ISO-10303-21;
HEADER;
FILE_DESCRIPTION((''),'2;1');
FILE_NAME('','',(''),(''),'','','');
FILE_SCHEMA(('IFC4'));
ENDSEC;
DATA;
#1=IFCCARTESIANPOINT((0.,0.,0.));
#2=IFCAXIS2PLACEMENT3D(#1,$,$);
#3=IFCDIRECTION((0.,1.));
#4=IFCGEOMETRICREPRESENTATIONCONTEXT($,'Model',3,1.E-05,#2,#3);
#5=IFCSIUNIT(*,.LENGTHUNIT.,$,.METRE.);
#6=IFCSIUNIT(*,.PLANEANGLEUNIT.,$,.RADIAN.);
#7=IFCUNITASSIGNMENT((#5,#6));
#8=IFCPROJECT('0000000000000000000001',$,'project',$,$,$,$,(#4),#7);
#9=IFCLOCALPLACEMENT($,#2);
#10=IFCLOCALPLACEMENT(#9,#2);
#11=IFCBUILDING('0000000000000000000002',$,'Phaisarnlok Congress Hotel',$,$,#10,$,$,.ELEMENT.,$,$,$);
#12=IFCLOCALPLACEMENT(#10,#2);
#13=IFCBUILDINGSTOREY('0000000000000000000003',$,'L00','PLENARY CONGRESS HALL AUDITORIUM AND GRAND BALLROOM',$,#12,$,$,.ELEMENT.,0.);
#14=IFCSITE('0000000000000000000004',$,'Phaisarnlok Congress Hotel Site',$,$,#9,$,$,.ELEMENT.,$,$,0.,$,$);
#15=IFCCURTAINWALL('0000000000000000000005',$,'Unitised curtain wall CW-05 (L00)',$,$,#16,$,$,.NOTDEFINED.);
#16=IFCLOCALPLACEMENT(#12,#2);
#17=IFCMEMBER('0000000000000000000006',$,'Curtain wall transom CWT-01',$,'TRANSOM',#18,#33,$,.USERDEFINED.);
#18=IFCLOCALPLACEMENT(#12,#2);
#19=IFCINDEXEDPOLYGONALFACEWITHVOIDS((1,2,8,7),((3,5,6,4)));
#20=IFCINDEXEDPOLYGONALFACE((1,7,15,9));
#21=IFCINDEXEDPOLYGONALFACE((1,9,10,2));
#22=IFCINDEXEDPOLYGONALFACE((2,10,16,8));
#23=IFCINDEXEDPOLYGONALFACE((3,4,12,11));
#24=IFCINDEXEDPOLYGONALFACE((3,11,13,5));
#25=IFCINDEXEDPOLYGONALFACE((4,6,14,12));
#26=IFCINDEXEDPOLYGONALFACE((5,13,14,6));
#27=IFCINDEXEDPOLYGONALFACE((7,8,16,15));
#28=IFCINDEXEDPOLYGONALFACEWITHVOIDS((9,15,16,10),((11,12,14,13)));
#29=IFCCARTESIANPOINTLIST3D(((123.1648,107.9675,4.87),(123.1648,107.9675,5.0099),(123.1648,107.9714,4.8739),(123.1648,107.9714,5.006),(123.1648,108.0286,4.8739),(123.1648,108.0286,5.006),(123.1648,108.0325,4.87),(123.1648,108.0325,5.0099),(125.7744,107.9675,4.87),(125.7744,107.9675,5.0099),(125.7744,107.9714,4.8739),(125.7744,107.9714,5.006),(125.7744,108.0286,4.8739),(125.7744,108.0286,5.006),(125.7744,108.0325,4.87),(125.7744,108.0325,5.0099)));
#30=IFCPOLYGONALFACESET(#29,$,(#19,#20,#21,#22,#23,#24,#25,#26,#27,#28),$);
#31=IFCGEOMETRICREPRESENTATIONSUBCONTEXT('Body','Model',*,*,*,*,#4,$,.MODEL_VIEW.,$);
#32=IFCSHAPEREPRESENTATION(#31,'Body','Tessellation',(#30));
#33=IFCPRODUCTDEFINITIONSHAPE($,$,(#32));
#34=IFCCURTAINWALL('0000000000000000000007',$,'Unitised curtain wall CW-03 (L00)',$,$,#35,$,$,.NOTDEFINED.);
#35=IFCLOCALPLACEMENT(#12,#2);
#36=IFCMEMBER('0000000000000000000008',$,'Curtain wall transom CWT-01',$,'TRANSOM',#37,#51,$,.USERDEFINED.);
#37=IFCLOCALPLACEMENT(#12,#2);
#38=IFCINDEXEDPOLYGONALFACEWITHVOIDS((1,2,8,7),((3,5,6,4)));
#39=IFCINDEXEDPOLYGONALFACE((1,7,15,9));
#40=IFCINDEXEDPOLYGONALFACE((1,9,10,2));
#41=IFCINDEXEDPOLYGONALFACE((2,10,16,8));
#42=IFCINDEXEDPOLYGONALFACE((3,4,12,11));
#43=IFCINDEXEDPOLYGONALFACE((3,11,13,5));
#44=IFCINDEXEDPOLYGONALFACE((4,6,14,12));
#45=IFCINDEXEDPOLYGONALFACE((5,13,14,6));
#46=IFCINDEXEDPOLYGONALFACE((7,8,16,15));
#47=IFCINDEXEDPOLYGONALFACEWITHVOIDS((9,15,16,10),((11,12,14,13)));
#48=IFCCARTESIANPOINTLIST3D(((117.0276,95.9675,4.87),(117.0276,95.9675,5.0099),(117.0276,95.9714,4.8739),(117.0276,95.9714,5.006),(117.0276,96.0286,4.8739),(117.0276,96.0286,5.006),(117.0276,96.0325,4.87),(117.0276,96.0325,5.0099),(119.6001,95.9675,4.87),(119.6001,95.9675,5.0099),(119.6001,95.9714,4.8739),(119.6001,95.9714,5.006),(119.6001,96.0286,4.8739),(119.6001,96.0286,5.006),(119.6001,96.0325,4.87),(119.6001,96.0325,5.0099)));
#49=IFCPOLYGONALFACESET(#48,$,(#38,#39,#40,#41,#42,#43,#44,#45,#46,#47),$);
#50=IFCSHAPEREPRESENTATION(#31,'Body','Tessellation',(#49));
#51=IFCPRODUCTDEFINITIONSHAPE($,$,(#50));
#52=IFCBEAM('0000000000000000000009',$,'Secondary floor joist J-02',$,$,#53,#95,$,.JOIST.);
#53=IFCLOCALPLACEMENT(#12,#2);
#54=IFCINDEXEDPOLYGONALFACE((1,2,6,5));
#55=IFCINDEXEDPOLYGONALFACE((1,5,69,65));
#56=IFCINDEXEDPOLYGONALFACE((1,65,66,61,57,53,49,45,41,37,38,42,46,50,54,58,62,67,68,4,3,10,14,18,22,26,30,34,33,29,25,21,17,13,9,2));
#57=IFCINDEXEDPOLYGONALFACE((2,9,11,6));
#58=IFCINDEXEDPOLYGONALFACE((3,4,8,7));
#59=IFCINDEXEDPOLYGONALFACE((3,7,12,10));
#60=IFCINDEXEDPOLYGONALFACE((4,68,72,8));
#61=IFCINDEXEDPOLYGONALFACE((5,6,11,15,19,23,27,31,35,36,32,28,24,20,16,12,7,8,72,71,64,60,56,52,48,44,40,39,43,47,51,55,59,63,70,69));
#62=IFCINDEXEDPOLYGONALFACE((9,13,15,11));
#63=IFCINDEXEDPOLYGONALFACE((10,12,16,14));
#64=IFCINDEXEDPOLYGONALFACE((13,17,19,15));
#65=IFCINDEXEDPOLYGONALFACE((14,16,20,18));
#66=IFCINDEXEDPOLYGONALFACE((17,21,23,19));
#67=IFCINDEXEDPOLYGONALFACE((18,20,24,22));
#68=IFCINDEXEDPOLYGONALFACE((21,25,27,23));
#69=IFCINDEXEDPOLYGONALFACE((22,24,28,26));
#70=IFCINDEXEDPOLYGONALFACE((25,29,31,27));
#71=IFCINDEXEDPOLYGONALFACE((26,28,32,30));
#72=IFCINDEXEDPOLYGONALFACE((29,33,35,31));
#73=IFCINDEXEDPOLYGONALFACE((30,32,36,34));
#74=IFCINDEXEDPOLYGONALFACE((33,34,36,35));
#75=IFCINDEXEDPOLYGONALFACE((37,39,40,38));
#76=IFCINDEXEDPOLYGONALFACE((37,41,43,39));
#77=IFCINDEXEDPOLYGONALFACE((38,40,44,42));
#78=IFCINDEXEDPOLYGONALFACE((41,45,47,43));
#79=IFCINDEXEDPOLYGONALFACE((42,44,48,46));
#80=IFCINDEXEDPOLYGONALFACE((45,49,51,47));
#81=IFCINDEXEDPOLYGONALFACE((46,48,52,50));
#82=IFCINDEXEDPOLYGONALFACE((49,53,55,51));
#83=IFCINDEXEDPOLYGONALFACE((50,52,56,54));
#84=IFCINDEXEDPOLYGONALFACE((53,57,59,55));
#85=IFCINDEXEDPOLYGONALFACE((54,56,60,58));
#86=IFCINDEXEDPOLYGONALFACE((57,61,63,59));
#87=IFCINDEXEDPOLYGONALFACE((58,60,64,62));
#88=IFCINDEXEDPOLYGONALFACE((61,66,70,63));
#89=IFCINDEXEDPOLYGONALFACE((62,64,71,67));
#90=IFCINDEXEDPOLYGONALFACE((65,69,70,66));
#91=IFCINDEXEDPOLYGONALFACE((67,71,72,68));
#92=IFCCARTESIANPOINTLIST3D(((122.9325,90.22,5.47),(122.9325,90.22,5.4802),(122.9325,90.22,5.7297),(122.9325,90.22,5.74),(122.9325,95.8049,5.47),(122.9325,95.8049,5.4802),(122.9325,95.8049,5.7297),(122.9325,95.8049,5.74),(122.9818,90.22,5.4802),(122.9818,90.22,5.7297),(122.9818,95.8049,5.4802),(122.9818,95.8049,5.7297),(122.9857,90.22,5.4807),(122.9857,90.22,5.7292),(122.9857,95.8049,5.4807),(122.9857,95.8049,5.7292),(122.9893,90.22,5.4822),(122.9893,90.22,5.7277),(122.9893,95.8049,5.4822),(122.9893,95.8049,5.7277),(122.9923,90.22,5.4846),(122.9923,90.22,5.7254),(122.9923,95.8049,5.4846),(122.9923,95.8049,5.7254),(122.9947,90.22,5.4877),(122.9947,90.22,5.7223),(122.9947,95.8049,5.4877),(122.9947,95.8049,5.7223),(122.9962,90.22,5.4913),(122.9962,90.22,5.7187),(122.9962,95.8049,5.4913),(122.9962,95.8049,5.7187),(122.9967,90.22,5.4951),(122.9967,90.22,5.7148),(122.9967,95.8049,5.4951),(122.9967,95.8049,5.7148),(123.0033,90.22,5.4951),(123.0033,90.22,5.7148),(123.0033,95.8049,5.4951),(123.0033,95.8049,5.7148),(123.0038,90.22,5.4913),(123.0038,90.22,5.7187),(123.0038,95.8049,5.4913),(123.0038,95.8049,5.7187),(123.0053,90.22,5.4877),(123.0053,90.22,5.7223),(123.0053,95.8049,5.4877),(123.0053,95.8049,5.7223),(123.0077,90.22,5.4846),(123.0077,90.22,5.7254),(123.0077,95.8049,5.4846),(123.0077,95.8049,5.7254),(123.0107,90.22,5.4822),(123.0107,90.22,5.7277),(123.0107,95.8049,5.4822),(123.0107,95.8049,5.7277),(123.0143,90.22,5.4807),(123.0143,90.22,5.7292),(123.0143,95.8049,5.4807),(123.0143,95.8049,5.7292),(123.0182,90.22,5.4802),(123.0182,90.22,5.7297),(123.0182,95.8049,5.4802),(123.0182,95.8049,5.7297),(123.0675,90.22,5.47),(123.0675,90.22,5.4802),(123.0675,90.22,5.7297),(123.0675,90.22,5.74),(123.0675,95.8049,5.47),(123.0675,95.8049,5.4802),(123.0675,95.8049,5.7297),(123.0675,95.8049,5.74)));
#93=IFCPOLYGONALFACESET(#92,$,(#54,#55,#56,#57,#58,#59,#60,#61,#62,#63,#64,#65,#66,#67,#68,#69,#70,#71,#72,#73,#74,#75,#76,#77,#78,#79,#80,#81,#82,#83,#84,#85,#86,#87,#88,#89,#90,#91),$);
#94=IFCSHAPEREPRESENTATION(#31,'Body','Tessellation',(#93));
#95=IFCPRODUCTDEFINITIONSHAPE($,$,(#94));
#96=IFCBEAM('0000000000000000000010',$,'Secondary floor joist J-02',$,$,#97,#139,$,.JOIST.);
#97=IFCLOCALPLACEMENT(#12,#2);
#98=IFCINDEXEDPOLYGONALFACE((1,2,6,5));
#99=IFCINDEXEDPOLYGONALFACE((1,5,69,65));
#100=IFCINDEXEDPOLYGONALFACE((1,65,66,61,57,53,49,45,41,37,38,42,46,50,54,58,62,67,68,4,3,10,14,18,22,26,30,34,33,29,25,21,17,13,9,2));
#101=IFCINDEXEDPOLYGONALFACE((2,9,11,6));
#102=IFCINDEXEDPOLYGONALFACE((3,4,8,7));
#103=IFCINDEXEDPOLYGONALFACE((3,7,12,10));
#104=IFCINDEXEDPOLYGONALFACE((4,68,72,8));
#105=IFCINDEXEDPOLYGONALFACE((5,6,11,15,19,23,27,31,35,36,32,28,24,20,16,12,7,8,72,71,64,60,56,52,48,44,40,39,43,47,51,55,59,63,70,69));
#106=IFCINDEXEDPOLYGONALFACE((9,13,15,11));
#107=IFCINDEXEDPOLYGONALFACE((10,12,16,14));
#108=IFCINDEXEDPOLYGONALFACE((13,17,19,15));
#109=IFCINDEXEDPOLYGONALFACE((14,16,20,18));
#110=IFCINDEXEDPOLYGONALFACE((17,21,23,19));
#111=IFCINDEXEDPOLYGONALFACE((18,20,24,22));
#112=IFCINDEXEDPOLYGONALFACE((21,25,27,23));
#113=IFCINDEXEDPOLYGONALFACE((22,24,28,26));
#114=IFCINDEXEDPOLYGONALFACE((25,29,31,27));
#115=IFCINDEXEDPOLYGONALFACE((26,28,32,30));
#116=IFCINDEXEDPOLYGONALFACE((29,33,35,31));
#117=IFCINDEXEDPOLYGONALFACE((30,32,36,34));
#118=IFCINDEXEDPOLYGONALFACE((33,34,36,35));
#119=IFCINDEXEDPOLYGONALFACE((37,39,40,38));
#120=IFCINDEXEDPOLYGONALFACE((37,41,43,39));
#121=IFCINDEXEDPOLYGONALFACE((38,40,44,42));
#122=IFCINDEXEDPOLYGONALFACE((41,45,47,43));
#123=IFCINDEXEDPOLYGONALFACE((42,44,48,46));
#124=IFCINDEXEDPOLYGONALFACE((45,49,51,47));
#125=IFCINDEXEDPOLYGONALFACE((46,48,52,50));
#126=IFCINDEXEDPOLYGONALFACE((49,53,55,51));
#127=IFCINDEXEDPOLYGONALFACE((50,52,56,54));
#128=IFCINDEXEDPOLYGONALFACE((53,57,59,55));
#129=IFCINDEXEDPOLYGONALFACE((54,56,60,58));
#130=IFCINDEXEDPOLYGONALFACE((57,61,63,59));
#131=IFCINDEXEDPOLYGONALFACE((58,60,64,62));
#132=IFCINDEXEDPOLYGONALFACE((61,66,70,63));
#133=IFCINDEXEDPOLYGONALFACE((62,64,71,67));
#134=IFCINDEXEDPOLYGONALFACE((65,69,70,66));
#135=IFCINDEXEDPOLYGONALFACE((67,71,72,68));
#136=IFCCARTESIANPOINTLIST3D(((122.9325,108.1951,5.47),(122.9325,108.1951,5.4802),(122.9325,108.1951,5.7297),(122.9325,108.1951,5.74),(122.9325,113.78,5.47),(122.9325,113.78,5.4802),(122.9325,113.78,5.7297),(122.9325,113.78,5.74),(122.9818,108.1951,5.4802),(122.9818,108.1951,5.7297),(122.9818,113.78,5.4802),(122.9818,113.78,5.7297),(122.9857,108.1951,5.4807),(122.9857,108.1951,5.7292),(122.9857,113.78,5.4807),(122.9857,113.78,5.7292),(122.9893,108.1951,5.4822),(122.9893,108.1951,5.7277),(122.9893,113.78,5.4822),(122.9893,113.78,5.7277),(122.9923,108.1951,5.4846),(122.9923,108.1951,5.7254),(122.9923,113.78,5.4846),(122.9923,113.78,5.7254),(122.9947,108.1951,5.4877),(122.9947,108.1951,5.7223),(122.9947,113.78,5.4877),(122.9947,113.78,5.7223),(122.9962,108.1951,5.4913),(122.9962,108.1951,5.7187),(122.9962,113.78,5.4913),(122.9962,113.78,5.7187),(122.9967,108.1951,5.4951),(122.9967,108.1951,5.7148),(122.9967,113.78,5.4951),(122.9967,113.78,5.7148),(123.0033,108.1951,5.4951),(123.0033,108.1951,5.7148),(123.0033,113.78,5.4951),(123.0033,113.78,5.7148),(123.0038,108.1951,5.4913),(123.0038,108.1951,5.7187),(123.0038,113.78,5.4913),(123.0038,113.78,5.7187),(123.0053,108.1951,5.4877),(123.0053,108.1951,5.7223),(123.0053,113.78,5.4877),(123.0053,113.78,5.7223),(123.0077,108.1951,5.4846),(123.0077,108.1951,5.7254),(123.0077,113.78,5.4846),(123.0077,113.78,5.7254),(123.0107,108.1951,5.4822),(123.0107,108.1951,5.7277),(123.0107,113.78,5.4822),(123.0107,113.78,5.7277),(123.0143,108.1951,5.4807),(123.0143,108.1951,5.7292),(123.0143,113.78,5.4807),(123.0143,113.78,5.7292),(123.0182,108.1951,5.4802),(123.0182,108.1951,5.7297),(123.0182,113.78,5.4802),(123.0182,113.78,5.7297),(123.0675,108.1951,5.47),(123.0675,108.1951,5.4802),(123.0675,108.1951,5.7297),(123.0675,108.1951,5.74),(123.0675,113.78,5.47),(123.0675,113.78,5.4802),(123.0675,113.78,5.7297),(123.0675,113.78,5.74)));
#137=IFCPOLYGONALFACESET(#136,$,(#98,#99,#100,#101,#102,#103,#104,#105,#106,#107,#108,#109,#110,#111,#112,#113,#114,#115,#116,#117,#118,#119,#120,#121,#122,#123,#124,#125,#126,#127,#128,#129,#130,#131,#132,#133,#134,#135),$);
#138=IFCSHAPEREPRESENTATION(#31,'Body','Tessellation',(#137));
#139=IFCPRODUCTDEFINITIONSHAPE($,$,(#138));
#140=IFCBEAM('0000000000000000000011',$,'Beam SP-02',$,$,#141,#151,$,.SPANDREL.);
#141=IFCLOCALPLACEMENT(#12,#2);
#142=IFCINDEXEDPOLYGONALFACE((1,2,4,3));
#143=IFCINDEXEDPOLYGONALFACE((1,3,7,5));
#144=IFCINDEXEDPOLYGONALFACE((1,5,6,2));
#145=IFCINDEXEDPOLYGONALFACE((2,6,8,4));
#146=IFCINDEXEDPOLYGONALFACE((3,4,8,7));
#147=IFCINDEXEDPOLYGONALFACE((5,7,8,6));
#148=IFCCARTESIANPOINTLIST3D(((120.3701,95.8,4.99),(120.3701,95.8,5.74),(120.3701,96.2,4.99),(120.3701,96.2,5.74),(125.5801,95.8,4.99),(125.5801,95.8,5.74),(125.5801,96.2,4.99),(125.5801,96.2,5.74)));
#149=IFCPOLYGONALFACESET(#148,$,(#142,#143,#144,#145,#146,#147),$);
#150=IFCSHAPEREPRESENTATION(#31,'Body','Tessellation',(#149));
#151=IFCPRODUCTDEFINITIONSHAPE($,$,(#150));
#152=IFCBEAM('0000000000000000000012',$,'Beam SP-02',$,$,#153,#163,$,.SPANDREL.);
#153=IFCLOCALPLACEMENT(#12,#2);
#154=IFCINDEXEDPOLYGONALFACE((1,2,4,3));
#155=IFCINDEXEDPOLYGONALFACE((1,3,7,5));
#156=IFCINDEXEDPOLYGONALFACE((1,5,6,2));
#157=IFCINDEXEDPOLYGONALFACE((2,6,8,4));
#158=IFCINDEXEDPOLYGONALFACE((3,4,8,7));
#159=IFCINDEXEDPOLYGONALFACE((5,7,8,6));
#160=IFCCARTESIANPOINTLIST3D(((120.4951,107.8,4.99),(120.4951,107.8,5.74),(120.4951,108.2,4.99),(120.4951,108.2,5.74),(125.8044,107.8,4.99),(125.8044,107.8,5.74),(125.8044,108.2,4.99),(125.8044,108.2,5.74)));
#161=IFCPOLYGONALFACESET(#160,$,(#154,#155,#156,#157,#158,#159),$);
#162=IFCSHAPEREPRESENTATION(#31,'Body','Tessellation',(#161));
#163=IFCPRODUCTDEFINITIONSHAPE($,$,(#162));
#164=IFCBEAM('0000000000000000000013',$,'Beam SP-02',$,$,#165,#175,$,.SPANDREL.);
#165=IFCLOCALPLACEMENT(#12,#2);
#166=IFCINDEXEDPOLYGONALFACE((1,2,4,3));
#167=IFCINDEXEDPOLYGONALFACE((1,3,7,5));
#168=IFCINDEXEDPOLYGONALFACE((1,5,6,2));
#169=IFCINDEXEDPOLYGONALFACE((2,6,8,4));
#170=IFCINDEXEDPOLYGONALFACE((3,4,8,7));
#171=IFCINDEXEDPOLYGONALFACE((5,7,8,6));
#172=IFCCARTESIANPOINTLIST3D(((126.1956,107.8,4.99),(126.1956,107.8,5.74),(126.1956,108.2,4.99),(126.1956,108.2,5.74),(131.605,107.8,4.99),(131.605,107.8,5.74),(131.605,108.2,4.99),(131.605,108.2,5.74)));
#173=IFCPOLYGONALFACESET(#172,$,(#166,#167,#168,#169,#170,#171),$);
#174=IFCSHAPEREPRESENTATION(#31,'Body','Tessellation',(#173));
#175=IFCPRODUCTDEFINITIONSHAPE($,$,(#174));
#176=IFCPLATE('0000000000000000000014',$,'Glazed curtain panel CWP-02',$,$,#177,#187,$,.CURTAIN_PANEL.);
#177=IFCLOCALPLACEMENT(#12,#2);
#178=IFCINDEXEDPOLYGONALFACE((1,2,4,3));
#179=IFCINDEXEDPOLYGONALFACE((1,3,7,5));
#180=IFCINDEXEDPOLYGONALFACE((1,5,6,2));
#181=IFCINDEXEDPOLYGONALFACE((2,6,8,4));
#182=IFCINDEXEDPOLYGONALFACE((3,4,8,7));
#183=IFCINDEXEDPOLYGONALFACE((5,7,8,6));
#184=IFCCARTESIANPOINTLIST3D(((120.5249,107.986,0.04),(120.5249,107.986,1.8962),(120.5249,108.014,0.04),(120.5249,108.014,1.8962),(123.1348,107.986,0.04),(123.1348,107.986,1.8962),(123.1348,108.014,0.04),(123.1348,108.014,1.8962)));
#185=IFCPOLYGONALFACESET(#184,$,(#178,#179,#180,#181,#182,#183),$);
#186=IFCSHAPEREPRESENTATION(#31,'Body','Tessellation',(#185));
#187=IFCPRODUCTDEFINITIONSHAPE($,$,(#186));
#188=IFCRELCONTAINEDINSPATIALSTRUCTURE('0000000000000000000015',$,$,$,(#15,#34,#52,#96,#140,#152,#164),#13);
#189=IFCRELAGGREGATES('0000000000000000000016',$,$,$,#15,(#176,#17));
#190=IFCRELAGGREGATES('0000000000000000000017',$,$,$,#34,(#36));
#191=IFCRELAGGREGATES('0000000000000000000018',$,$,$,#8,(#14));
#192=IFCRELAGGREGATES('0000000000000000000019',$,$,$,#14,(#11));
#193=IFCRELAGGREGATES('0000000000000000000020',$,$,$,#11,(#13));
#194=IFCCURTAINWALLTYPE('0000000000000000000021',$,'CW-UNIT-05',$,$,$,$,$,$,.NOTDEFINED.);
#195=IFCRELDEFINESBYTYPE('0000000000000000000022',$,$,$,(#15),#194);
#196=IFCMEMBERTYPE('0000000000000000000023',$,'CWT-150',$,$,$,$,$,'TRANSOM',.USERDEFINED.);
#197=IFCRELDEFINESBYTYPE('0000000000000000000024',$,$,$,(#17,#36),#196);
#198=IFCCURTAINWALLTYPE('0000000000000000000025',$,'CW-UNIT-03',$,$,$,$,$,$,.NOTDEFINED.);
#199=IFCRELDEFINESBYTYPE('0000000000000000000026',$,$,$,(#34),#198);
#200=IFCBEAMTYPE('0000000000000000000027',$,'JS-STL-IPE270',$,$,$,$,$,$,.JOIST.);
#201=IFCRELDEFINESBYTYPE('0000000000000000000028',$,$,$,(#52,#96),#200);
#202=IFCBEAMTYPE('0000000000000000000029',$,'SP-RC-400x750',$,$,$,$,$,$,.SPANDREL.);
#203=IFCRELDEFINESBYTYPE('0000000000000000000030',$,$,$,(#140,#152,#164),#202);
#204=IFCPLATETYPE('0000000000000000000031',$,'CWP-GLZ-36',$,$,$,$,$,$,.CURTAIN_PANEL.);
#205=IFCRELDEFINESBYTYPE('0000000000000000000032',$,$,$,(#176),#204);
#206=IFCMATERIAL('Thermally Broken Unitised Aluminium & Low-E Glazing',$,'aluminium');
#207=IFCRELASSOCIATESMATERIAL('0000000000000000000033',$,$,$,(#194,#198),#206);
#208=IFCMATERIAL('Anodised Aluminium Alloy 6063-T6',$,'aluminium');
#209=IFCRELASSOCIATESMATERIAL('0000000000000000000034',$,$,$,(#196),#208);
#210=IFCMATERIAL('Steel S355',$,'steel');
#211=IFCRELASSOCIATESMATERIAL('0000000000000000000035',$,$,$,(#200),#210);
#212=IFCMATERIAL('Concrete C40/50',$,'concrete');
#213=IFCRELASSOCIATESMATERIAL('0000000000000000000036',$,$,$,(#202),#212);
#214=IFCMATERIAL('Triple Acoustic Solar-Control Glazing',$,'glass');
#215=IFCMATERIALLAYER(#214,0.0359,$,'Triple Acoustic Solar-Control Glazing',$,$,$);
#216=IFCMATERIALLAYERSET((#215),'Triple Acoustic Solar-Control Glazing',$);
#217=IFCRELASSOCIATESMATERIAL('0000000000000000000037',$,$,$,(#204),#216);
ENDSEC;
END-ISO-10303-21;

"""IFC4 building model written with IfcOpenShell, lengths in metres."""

from ifc_helpers import new_model, si_unit, direction, frame, frame_2d, origin, origin_2d, place, context, subcontext, project, spatial, rectangle, hollow_rectangle, i_section, extrude, material, layer, layer_set, material_profile, profile_set, type_object, element, aggregate, save


model = new_model("IFC4")

# Units and contexts
model_context = context("Model", 3, precision=1e-05, world=origin(), true_north=direction((0.0, 1.0)))
body_context = subcontext(model_context, "Body", "Model", "MODEL_VIEW")
ifc_project = project(units=[si_unit("LENGTHUNIT", "METRE"), si_unit("PLANEANGLEUNIT", "RADIAN")], contexts=[model_context])

# Site, building, storey
site_placement = place(None, origin())
site = spatial("IfcSite", under=ifc_project, at=site_placement, Name="Phaisarnlok Congress Hotel Site", CompositionType="ELEMENT", RefElevation=0.0)
building_placement = place(site_placement, origin())
building = spatial("IfcBuilding", under=site, at=building_placement, Name="Phaisarnlok Congress Hotel", CompositionType="ELEMENT")
storey_placement = place(building_placement, origin())
storey = spatial("IfcBuildingStorey", under=building, at=storey_placement, Name="L00", Description="PLENARY CONGRESS HALL AUDITORIUM AND GRAND BALLROOM", CompositionType="ELEMENT", Elevation=0.0)

# Shared definitions
ifc_material_1 = material(Name="Steel S355", Category="steel")

# Shared definitions
ifc_material_2 = material(Name="Concrete C40/50", Category="concrete")

# Curtain wall, member
ifc_material_3 = material(Name="Thermally Broken Unitised Aluminium & Low-E Glazing", Category="aluminium")
curtain_wall_type_1 = type_object("IfcCurtainWallType", Name="CW-UNIT-05", PredefinedType="NOTDEFINED", material=ifc_material_3)
curtain_wall_1_placement = place(storey_placement, origin())
curtain_wall_1 = element("IfcCurtainWall", 1, at=curtain_wall_1_placement, inside=storey, type_object=curtain_wall_type_1, Name="Unitised curtain wall CW-05 (L00)", PredefinedType="NOTDEFINED")
ifc_material_4 = material(Name="Anodised Aluminium Alloy 6063-T6", Category="aluminium")
ifc_material_profile_1 = material_profile(ifc_material_4, hollow_rectangle(XDim=0.0649, YDim=0.1399, WallThickness=0.0039, at=origin_2d()), Name="ALU-T 65x140x4")
ifc_profile_set_1 = profile_set([ifc_material_profile_1], Name="Anodised Aluminium Alloy 6063-T6")
member_type_1 = type_object("IfcMemberType", Name="CWT-150", ElementType="TRANSOM", PredefinedType="USERDEFINED", material=ifc_profile_set_1)
member_1_placement = place(storey_placement, frame((123.1648, 108.0, 4.9399), z_axis=(1.0, 0.0, 0.0), x_axis=(0.0, 1.0, 0.0)))
member_1 = element("IfcMember", 2, at=member_1_placement, type_object=member_type_1, Name="Curtain wall transom CWT-01", ObjectType="TRANSOM", PredefinedType="USERDEFINED", context=body_context, shape_type="SweptSolid", body=[
    extrude(hollow_rectangle(XDim=0.0649, YDim=0.1399, WallThickness=0.0039, at=origin_2d()), origin(), (0.0, 0.0, 1.0), 2.6096),
])

# Curtain wall, member
curtain_wall_type_2 = type_object("IfcCurtainWallType", Name="CW-UNIT-03", PredefinedType="NOTDEFINED", material=ifc_material_3)
curtain_wall_2_placement = place(storey_placement, origin())
curtain_wall_2 = element("IfcCurtainWall", 3, at=curtain_wall_2_placement, inside=storey, type_object=curtain_wall_type_2, Name="Unitised curtain wall CW-03 (L00)", PredefinedType="NOTDEFINED")
member_2_placement = place(storey_placement, frame((119.6001, 96.0, 4.9399), z_axis=(-1.0, 0.0, 0.0), x_axis=(0.0, -1.0, 0.0)))
member_2 = element("IfcMember", 4, at=member_2_placement, type_object=member_type_1, Name="Curtain wall transom CWT-01", ObjectType="TRANSOM", PredefinedType="USERDEFINED", context=body_context, shape_type="SweptSolid", body=[
    extrude(hollow_rectangle(XDim=0.0649, YDim=0.1399, WallThickness=0.0039, at=origin_2d()), origin(), (0.0, 0.0, 1.0), 2.5725),
])

# Beams
ifc_material_profile_2 = material_profile(ifc_material_1, i_section(OverallWidth=0.135, OverallDepth=0.27, WebThickness=0.0066, FlangeThickness=0.0103, FilletRadius=0.0149, at=origin_2d()), Name="IPE 270")
ifc_profile_set_2 = profile_set([ifc_material_profile_2], Name="Steel S355")
beam_type_1 = type_object("IfcBeamType", Name="JS-STL-IPE270", PredefinedType="JOIST", material=ifc_profile_set_2)
for number, where, z_axis, x_axis, name in (
    (5, (123.0, 90.22, 5.605), (0.0, 1.0, 0.0), (-1.0, 0.0, 0.0), "Secondary floor joist J-02"),
    (6, (123.0, 108.1951, 5.605), (0.0, 1.0, 0.0), (-1.0, 0.0, 0.0), "Secondary floor joist J-02"),
):
    element("IfcBeam", number, at=place(storey_placement, frame(where, z_axis=z_axis, x_axis=x_axis)), inside=storey, type_object=beam_type_1, Name=name, PredefinedType="JOIST", context=body_context, shape_type="SweptSolid", body=[
        extrude(i_section(OverallWidth=0.135, OverallDepth=0.27, WebThickness=0.0066, FlangeThickness=0.0103, FilletRadius=0.0149, at=origin_2d()), origin(), (0.0, 0.0, 1.0), 5.585),
    ])
ifc_material_profile_3 = material_profile(ifc_material_2, rectangle(XDim=0.3999, YDim=0.75, at=origin_2d()), Name="RC 400x750")
ifc_profile_set_3 = profile_set([ifc_material_profile_3], Name="Concrete C40/50")
beam_type_2 = type_object("IfcBeamType", Name="SP-RC-400x750", PredefinedType="SPANDREL", material=ifc_profile_set_3)
beam_1_placement = place(storey_placement, frame((120.3701, 96.0, 5.365), z_axis=(1.0, 0.0, 0.0), x_axis=(0.0, 1.0, 0.0)))
element("IfcBeam", 7, at=beam_1_placement, inside=storey, type_object=beam_type_2, Name="Beam SP-02", PredefinedType="SPANDREL", context=body_context, shape_type="SweptSolid", body=[
    extrude(rectangle(XDim=0.3999, YDim=0.75, at=origin_2d()), origin(), (0.0, 0.0, 1.0), 5.21),
])
beam_2_placement = place(storey_placement, frame((120.4951, 108.0, 5.365), z_axis=(1.0, 0.0, 0.0), x_axis=(0.0, 1.0, 0.0)))
element("IfcBeam", 8, at=beam_2_placement, inside=storey, type_object=beam_type_2, Name="Beam SP-02", PredefinedType="SPANDREL", context=body_context, shape_type="SweptSolid", body=[
    extrude(rectangle(XDim=0.3999, YDim=0.75, at=origin_2d()), origin(), (0.0, 0.0, 1.0), 5.3093),
])
beam_3_placement = place(storey_placement, frame((126.1956, 108.0, 5.365), z_axis=(1.0, 0.0, 0.0), x_axis=(0.0, 1.0, 0.0)))
element("IfcBeam", 9, at=beam_3_placement, inside=storey, type_object=beam_type_2, Name="Beam SP-02", PredefinedType="SPANDREL", context=body_context, shape_type="SweptSolid", body=[
    extrude(rectangle(XDim=0.3999, YDim=0.75, at=origin_2d()), origin(), (0.0, 0.0, 1.0), 5.4094),
])

# Plate
ifc_material_5 = material(Name="Triple Acoustic Solar-Control Glazing", Category="glass")
ifc_layer_1 = layer(ifc_material_5, 0.0359, Name="Triple Acoustic Solar-Control Glazing")
ifc_layer_set_1 = layer_set([ifc_layer_1], Name="Triple Acoustic Solar-Control Glazing")
plate_type = type_object("IfcPlateType", Name="CWP-GLZ-36", PredefinedType="CURTAIN_PANEL", material=ifc_layer_set_1)
plate_1_placement = place(storey_placement, frame((120.5249, 108.0, 0.04), z_axis=(0.0, 0.0, 1.0), x_axis=(1.0, 0.0, 0.0)))
plate_1 = element("IfcPlate", 10, at=plate_1_placement, type_object=plate_type, Name="Glazed curtain panel CWP-02", PredefinedType="CURTAIN_PANEL", context=body_context, shape_type="SweptSolid", body=[
    extrude(rectangle(XDim=2.6099, YDim=0.0281, at=frame_2d((1.3049, 0.0))), origin(), (0.0, 0.0, 1.0), 1.8562),
])
aggregate(curtain_wall_1, [plate_1, member_1])
aggregate(curtain_wall_2, [member_2])

save(model, "model.ifc")
